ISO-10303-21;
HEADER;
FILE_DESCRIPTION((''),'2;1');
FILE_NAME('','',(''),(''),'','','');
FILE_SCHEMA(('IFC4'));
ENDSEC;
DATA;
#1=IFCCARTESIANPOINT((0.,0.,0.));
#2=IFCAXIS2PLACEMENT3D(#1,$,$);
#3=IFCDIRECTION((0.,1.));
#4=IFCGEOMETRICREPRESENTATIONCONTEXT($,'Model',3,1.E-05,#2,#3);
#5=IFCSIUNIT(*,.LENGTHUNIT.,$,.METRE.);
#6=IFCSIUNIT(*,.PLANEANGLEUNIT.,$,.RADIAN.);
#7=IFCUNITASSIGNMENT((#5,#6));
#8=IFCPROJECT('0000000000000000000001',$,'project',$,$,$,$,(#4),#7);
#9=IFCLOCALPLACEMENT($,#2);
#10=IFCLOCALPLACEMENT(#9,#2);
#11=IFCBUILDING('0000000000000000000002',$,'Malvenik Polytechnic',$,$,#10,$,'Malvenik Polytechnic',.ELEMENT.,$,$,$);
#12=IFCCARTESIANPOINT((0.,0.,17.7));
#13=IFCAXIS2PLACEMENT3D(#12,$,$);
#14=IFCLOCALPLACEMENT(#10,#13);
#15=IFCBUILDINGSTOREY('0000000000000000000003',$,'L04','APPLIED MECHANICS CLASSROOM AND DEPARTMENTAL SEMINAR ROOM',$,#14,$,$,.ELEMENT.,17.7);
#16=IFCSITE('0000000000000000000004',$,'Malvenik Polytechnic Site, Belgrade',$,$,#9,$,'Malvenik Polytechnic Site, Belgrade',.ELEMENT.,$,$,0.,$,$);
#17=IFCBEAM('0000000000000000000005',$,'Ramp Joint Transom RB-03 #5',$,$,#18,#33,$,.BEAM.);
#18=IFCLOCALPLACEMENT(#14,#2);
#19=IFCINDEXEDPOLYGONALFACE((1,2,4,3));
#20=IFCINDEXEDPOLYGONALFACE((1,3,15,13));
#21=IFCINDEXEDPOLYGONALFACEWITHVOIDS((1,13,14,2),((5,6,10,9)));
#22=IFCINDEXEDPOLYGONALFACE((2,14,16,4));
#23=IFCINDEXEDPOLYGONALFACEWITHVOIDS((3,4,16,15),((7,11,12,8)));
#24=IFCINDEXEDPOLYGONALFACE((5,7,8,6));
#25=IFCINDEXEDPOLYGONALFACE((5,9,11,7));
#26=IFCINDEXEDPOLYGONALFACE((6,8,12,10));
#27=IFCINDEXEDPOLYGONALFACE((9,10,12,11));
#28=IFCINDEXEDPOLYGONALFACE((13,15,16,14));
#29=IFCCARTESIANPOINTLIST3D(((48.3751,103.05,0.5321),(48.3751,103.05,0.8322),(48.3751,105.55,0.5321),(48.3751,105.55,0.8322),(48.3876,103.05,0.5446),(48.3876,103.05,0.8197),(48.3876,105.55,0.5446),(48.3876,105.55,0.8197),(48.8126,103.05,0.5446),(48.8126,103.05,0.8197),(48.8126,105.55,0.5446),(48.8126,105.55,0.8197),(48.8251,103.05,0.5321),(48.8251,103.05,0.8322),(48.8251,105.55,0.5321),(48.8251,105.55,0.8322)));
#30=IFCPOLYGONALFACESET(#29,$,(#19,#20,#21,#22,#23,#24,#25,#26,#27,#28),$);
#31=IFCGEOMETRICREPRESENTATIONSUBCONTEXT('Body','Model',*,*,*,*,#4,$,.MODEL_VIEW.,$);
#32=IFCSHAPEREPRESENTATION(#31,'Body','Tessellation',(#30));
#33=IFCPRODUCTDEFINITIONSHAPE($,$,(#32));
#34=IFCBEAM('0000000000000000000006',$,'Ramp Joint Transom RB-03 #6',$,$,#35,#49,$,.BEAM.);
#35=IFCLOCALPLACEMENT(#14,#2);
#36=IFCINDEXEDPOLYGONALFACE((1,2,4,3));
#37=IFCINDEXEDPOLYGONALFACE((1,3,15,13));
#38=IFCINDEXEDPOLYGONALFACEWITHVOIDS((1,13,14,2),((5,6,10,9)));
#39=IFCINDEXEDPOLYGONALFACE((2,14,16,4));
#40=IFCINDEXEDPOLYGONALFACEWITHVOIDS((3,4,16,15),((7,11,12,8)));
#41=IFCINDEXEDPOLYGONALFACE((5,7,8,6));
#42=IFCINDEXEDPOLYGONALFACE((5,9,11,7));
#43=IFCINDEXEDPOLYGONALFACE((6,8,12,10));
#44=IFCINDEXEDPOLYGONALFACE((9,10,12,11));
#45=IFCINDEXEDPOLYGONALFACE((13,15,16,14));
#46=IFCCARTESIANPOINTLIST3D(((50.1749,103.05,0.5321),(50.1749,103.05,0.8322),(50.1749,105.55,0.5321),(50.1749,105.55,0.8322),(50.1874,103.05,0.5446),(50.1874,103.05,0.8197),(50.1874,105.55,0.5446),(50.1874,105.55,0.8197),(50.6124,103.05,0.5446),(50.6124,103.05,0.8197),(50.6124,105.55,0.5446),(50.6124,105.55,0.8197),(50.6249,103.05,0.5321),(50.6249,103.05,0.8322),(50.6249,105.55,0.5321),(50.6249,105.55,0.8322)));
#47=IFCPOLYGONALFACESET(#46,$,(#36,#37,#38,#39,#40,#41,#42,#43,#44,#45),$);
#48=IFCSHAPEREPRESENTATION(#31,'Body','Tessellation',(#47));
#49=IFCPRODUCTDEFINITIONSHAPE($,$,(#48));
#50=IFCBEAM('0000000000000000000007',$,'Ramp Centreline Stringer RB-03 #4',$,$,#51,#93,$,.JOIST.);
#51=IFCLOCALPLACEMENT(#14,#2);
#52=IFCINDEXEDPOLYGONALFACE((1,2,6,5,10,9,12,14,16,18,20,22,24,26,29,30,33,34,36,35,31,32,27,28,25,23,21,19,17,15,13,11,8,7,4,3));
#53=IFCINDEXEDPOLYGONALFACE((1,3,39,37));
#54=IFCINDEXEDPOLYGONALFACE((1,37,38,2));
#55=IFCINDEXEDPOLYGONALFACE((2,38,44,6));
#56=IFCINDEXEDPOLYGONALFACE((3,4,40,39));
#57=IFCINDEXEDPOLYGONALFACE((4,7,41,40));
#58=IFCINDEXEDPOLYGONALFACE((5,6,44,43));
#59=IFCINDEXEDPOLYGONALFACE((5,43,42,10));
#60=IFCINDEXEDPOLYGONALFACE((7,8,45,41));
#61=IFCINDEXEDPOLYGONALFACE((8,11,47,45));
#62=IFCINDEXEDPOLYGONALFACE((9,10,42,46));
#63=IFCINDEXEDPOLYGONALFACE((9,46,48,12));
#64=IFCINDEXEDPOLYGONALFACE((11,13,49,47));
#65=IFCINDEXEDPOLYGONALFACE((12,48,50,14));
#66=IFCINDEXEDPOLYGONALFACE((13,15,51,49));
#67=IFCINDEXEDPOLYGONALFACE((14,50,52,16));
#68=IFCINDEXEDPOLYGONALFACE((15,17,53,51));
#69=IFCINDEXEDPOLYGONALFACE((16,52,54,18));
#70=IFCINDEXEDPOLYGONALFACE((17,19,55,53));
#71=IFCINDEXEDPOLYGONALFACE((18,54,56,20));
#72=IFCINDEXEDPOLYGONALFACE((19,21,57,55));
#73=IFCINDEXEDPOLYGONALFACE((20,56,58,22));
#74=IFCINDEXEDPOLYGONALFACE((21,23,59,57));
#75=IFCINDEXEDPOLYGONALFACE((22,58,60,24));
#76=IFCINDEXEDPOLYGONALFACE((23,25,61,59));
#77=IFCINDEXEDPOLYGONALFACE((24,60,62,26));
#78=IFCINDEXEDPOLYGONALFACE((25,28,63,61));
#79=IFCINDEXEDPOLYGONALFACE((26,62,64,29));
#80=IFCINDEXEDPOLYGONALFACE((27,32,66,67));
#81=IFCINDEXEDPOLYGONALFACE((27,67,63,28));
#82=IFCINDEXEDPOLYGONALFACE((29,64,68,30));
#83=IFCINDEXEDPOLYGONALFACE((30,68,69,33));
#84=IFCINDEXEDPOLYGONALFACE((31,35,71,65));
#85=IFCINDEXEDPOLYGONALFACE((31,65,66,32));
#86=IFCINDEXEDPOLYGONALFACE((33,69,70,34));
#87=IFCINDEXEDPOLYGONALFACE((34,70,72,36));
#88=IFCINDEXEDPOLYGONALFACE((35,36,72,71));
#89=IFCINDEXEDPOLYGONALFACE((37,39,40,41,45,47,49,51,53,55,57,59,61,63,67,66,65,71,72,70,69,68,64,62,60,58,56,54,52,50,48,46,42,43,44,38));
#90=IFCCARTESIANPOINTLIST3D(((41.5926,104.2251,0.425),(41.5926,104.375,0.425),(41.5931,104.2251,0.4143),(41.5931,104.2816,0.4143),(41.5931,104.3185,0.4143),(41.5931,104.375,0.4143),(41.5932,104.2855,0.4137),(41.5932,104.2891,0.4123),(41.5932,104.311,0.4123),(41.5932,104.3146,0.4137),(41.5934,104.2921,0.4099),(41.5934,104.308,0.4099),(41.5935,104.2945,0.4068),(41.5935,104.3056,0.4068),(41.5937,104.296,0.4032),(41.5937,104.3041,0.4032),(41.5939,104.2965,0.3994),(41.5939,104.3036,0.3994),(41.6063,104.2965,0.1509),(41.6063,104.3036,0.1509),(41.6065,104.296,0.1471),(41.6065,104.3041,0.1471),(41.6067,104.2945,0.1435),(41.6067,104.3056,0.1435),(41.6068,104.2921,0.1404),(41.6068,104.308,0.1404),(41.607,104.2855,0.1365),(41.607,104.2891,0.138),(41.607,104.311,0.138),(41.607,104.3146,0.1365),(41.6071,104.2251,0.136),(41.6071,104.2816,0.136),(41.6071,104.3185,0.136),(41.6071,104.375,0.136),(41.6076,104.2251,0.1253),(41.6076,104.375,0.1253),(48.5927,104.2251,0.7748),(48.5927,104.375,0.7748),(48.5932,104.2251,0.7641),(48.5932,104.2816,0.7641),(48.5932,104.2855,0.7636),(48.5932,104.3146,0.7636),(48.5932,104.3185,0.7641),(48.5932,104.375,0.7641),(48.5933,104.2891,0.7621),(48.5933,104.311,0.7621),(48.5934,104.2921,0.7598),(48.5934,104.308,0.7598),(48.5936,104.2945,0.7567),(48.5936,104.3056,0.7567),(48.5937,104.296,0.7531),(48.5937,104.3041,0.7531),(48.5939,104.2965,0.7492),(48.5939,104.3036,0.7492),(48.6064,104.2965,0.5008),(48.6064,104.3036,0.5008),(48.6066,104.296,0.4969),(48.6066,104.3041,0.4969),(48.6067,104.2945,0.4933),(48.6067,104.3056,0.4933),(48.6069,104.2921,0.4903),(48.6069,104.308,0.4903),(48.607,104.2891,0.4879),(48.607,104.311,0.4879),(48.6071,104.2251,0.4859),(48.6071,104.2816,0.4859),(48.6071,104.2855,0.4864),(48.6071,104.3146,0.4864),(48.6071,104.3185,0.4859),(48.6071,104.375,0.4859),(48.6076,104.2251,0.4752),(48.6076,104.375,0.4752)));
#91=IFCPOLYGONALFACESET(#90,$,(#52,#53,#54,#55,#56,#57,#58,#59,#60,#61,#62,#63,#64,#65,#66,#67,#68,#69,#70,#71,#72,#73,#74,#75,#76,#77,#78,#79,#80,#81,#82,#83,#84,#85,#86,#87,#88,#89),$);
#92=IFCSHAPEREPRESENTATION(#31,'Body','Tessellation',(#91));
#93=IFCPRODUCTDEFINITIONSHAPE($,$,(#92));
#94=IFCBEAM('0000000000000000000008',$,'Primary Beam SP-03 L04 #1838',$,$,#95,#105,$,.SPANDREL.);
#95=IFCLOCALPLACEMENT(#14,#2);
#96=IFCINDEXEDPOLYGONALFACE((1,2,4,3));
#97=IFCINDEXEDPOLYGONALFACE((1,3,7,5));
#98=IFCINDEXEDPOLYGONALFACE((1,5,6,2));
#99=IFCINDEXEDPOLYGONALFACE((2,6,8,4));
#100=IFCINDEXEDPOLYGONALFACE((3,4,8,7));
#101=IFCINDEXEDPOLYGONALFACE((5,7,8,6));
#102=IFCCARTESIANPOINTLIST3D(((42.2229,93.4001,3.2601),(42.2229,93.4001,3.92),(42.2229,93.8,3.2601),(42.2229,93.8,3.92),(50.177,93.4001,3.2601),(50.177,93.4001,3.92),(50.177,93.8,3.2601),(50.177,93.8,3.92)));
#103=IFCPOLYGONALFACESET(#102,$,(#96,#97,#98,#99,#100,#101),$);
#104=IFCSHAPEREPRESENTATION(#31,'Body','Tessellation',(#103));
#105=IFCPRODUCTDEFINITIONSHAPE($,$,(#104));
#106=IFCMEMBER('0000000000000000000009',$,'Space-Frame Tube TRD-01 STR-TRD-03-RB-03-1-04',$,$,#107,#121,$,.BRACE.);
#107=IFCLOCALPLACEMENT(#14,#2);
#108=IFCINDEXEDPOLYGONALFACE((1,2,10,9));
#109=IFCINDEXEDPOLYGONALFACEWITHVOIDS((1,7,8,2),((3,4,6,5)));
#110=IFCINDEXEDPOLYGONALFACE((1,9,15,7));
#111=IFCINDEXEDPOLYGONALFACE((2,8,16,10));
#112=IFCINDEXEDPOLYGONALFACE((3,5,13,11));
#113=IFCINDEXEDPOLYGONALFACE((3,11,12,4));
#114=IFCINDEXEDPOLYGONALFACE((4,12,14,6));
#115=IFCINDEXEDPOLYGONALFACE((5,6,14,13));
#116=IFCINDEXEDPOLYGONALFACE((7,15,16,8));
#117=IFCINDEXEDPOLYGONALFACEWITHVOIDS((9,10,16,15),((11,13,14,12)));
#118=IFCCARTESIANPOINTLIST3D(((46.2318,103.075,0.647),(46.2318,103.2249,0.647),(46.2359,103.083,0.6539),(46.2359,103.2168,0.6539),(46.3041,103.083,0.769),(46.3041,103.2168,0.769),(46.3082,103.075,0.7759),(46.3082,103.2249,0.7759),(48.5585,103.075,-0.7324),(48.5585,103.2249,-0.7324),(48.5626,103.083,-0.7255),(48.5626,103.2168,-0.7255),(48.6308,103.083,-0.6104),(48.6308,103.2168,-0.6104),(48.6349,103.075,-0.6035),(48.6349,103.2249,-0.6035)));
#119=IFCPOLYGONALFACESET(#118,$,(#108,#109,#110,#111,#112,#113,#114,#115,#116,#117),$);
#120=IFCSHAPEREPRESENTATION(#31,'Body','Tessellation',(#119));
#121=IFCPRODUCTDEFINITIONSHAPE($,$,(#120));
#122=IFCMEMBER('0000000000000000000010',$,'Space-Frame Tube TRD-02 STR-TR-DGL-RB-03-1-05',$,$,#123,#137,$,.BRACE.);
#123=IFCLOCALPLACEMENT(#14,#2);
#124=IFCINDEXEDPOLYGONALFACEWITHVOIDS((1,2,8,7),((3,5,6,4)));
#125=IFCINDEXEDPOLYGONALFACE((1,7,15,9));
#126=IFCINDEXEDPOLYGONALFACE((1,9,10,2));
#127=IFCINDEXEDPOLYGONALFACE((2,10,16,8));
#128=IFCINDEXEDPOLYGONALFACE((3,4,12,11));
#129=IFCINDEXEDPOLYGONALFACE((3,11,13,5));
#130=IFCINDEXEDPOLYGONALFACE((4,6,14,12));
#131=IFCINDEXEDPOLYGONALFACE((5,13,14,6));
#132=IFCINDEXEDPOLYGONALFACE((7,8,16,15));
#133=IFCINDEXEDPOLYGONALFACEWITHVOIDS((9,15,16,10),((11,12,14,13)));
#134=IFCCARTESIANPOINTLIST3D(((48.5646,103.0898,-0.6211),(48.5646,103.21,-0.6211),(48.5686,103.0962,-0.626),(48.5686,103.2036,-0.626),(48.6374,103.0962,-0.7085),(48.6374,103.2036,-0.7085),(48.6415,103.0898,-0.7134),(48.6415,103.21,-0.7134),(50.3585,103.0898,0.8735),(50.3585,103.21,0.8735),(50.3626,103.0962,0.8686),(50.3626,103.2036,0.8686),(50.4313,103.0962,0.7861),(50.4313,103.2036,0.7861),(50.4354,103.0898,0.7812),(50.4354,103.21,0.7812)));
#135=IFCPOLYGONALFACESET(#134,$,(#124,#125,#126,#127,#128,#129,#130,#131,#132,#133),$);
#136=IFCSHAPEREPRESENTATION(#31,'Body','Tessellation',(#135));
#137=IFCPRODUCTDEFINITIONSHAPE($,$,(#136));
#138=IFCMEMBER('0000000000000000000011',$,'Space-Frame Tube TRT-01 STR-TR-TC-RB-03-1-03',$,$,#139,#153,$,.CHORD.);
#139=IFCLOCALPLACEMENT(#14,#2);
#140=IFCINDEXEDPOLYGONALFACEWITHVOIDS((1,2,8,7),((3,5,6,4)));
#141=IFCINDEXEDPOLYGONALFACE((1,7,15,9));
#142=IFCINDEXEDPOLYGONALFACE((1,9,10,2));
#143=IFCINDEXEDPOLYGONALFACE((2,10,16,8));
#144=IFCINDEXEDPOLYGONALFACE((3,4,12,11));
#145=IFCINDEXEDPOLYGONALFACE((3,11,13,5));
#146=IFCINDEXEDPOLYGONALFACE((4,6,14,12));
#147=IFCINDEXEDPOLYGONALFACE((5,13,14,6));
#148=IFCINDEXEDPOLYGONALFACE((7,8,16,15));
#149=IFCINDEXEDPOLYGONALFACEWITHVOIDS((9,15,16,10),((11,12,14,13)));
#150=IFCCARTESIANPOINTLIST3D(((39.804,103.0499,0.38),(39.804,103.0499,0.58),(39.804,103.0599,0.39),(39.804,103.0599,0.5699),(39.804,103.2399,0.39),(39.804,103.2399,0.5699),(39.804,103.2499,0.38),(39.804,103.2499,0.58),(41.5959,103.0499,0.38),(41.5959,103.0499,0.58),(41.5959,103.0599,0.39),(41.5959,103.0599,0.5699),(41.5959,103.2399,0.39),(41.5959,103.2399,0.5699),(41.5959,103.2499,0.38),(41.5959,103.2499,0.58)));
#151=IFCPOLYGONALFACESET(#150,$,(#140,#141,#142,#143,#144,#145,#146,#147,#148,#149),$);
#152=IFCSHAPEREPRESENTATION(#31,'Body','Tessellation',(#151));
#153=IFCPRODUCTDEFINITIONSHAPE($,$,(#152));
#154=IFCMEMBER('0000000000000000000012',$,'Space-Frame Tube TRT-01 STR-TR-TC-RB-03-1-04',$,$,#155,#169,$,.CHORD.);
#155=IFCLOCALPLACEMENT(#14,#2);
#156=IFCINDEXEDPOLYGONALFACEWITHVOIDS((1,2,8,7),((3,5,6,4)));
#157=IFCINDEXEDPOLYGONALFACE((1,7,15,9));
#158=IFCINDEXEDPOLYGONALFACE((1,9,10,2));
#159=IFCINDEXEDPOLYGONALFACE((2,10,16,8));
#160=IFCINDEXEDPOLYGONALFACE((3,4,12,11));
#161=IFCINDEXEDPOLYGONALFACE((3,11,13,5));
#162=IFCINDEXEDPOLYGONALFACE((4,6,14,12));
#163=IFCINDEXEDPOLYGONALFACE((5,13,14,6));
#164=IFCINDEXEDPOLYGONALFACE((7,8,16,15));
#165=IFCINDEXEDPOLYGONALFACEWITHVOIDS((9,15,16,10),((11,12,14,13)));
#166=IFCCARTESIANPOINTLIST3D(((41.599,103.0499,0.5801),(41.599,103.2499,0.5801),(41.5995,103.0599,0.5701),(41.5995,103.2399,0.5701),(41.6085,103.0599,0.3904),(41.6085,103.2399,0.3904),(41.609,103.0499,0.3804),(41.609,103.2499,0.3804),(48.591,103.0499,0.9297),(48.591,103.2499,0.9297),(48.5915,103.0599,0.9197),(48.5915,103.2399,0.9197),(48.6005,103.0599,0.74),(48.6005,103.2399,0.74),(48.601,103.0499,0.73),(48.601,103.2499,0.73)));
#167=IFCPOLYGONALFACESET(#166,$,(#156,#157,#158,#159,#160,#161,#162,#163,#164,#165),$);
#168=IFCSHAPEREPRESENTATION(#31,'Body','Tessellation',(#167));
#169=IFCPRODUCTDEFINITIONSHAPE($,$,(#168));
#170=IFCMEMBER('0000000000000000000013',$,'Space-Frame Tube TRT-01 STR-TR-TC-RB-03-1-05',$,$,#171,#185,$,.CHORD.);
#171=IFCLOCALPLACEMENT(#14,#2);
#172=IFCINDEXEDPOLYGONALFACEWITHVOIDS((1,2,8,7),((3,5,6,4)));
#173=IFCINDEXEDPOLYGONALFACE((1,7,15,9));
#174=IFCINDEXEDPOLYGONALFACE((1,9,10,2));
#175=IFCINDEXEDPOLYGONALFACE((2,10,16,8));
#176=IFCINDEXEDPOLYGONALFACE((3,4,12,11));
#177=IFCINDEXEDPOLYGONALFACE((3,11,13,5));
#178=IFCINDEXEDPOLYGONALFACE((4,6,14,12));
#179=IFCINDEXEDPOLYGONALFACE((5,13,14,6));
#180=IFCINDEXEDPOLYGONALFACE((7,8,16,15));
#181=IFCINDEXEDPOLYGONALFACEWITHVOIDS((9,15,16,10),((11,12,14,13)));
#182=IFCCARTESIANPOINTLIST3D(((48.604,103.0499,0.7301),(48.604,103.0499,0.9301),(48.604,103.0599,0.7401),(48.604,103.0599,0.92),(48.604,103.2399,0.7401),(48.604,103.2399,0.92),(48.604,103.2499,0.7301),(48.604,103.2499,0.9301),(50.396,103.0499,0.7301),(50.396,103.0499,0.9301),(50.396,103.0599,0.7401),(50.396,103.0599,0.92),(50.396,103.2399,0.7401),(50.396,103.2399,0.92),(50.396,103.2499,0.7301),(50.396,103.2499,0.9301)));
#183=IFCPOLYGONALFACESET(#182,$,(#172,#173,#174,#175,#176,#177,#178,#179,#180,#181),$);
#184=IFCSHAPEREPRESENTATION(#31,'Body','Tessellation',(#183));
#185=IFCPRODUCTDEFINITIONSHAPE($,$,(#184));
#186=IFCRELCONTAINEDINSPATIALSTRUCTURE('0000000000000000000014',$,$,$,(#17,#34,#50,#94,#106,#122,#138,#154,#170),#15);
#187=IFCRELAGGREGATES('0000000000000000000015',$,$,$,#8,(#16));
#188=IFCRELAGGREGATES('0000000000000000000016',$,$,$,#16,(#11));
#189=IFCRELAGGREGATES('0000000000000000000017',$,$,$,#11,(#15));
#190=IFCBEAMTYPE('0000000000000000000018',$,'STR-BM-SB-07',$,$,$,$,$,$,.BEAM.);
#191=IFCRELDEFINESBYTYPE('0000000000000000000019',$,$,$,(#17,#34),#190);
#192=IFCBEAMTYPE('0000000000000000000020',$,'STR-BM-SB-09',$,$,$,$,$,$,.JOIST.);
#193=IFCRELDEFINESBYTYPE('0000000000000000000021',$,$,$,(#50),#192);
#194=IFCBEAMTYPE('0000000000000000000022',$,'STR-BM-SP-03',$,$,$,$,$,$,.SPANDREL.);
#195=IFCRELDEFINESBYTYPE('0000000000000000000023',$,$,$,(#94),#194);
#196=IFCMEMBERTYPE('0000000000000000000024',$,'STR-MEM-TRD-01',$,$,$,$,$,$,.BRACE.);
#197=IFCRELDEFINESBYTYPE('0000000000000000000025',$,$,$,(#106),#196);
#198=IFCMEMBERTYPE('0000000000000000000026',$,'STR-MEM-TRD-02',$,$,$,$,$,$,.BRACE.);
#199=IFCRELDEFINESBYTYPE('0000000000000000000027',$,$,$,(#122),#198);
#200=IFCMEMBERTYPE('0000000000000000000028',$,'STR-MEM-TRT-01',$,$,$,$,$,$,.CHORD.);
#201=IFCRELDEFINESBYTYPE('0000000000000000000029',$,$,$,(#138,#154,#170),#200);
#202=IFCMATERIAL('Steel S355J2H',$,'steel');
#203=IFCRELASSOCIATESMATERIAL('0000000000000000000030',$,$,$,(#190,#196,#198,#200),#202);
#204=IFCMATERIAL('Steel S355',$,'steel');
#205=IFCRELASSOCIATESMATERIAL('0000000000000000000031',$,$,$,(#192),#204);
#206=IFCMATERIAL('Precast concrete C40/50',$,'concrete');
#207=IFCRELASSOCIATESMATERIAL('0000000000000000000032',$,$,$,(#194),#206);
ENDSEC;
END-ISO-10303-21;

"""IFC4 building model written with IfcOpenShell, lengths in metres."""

from ifc_helpers import new_model, si_unit, direction, frame, origin, origin_2d, place, context, subcontext, project, spatial, rectangle, hollow_rectangle, i_section, extrude, material, material_profile, profile_set, type_object, element, save


model = new_model("IFC4")

# Units and contexts
model_context = context("Model", 3, precision=1e-05, world=origin(), true_north=direction((0.0, 1.0)))
body_context = subcontext(model_context, "Body", "Model", "MODEL_VIEW")
ifc_project = project(units=[si_unit("LENGTHUNIT", "METRE"), si_unit("PLANEANGLEUNIT", "RADIAN")], contexts=[model_context])

# Site, building, storey
site_placement = place(None, origin())
site = spatial("IfcSite", under=ifc_project, at=site_placement, Name="Malvenik Polytechnic Site, Belgrade", LongName="Malvenik Polytechnic Site, Belgrade", CompositionType="ELEMENT", RefElevation=0.0)
building_placement = place(site_placement, origin())
building = spatial("IfcBuilding", under=site, at=building_placement, Name="Malvenik Polytechnic", LongName="Malvenik Polytechnic", CompositionType="ELEMENT")
storey_placement = place(building_placement, frame((0.0, 0.0, 17.7)))
storey = spatial("IfcBuildingStorey", under=building, at=storey_placement, Name="L04", Description="APPLIED MECHANICS CLASSROOM AND DEPARTMENTAL SEMINAR ROOM", CompositionType="ELEMENT", Elevation=17.7)

# Shared definitions
ifc_material_1 = material(Name="Steel S355J2H", Category="steel")
ifc_material_2 = material(Name="Steel S355", Category="steel")

# Beams
ifc_material_profile_1 = material_profile(ifc_material_1, hollow_rectangle(XDim=0.45, YDim=0.3, WallThickness=0.0125, at=origin_2d()), Name="RHS 450x300x12.5")
ifc_profile_set_1 = profile_set([ifc_material_profile_1], Name="Steel S355J2H")
beam_type_1 = type_object("IfcBeamType", Name="STR-BM-SB-07", PredefinedType="BEAM", material=ifc_profile_set_1)
for number, where, z_axis, x_axis, name in (
    (1, (48.6001, 103.05, 0.6821), (0.0, 1.0, 0.0), (-1.0, 0.0, 0.0), "Ramp Joint Transom RB-03 #5"),
    (2, (50.3999, 103.05, 0.6821), (0.0, 1.0, 0.0), (-1.0, 0.0, 0.0), "Ramp Joint Transom RB-03 #6"),
):
    element("IfcBeam", number, at=place(storey_placement, frame(where, z_axis=z_axis, x_axis=x_axis)), inside=storey, type_object=beam_type_1, Name=name, PredefinedType="BEAM", context=body_context, shape_type="SweptSolid", body=[
        extrude(hollow_rectangle(XDim=0.45, YDim=0.3, WallThickness=0.0125, at=origin_2d()), origin(), (0.0, 0.0, 1.0), 2.5),
    ])
ifc_material_profile_2 = material_profile(ifc_material_2, i_section(OverallWidth=0.1499, OverallDepth=0.3, WebThickness=0.0071, FlangeThickness=0.0107, FilletRadius=0.0149, at=origin_2d()), Name="IPE 300")
ifc_profile_set_2 = profile_set([ifc_material_profile_2], Name="Steel S355")
beam_type_2 = type_object("IfcBeamType", Name="STR-BM-SB-09", PredefinedType="JOIST", material=ifc_profile_set_2)
beam_1_placement = place(storey_placement, frame((41.6001, 104.3, 0.2751), z_axis=(0.998753, 0.0, 0.049917), x_axis=(0.0, 1.0, 0.0)))
element("IfcBeam", 3, at=beam_1_placement, inside=storey, type_object=beam_type_2, Name="Ramp Centreline Stringer RB-03 #4", PredefinedType="JOIST", context=body_context, shape_type="SweptSolid", body=[
    extrude(i_section(OverallWidth=0.1499, OverallDepth=0.3, WebThickness=0.0071, FlangeThickness=0.0107, FilletRadius=0.0149, at=origin_2d()), origin(), (0.0, 0.0, 1.0), 7.0088),
])
ifc_material_3 = material(Name="Precast concrete C40/50", Category="concrete")
ifc_material_profile_3 = material_profile(ifc_material_3, rectangle(XDim=0.3999, YDim=0.6599, at=origin_2d()), Name="PC SPN 400x660")
ifc_profile_set_3 = profile_set([ifc_material_profile_3], Name="Precast concrete C40/50")
beam_type_3 = type_object("IfcBeamType", Name="STR-BM-SP-03", PredefinedType="SPANDREL", material=ifc_profile_set_3)
beam_2_placement = place(storey_placement, frame((42.2229, 93.6001, 3.5901), z_axis=(1.0, 0.0, 0.0), x_axis=(0.0, 1.0, 0.0)))
element("IfcBeam", 4, at=beam_2_placement, inside=storey, type_object=beam_type_3, Name="Primary Beam SP-03 L04 #1838", PredefinedType="SPANDREL", context=body_context, shape_type="SweptSolid", body=[
    extrude(rectangle(XDim=0.3999, YDim=0.6599, at=origin_2d()), origin(), (0.0, 0.0, 1.0), 7.9541),
])

# Members
ifc_material_profile_4 = material_profile(ifc_material_1, hollow_rectangle(XDim=0.1499, YDim=0.1499, WallThickness=0.0081, at=origin_2d()), Name="SHS 150x150x8.0")
ifc_profile_set_4 = profile_set([ifc_material_profile_4], Name="Steel S355J2H")
member_type_1 = type_object("IfcMemberType", Name="STR-MEM-TRD-01", PredefinedType="BRACE", material=ifc_profile_set_4)
member_1_placement = place(storey_placement, frame((46.27, 103.1499, 0.7114), z_axis=(0.860189, 0.0, -0.509976), x_axis=(0.0, 1.0, 0.0)))
element("IfcMember", 5, at=member_1_placement, inside=storey, type_object=member_type_1, Name="Space-Frame Tube TRD-01 STR-TRD-03-RB-03-1-04", PredefinedType="BRACE", context=body_context, shape_type="SweptSolid", body=[
    extrude(hollow_rectangle(XDim=0.1499, YDim=0.1499, WallThickness=0.0081, at=origin_2d()), origin(), (0.0, 0.0, 1.0), 2.7048),
])
ifc_material_profile_5 = material_profile(ifc_material_1, hollow_rectangle(XDim=0.1201, YDim=0.1201, WallThickness=0.0063, at=origin_2d()), Name="SHS 120x120x6.3")
ifc_profile_set_5 = profile_set([ifc_material_profile_5], Name="Steel S355J2H")
member_type_2 = type_object("IfcMemberType", Name="STR-MEM-TRD-02", PredefinedType="BRACE", material=ifc_profile_set_5)
member_2_placement = place(storey_placement, frame((48.603, 103.1499, -0.6672), z_axis=(0.76829, 0.0, 0.640102), x_axis=(0.0, 1.0, 0.0)))
element("IfcMember", 6, at=member_2_placement, inside=storey, type_object=member_type_2, Name="Space-Frame Tube TRD-02 STR-TR-DGL-RB-03-1-05", PredefinedType="BRACE", context=body_context, shape_type="SweptSolid", body=[
    extrude(hollow_rectangle(XDim=0.1201, YDim=0.1201, WallThickness=0.0063, at=origin_2d()), origin(), (0.0, 0.0, 1.0), 2.335),
])
ifc_material_profile_6 = material_profile(ifc_material_1, hollow_rectangle(XDim=0.2, YDim=0.2, WallThickness=0.01, at=origin_2d()), Name="SHS 200x200x10.0")
ifc_profile_set_6 = profile_set([ifc_material_profile_6], Name="Steel S355J2H")
member_type_3 = type_object("IfcMemberType", Name="STR-MEM-TRT-01", PredefinedType="CHORD", material=ifc_profile_set_6)
member_3_placement = place(storey_placement, frame((39.804, 103.1499, 0.48), z_axis=(1.0, 0.0, 0.0), x_axis=(0.0, 1.0, 0.0)))
element("IfcMember", 7, at=member_3_placement, inside=storey, type_object=member_type_3, Name="Space-Frame Tube TRT-01 STR-TR-TC-RB-03-1-03", PredefinedType="CHORD", context=body_context, shape_type="SweptSolid", body=[
    extrude(hollow_rectangle(XDim=0.2, YDim=0.2, WallThickness=0.01, at=origin_2d()), origin(), (0.0, 0.0, 1.0), 1.792),
])
member_4_placement = place(storey_placement, frame((41.604, 103.1499, 0.4802), z_axis=(0.998752, 0.0, 0.049939), x_axis=(0.0, 1.0, 0.0)))
element("IfcMember", 8, at=member_4_placement, inside=storey, type_object=member_type_3, Name="Space-Frame Tube TRT-01 STR-TR-TC-RB-03-1-04", PredefinedType="CHORD", context=body_context, shape_type="SweptSolid", body=[
    extrude(hollow_rectangle(XDim=0.2, YDim=0.2, WallThickness=0.01, at=origin_2d()), origin(), (0.0, 0.0, 1.0), 7.0007),
])
member_5_placement = place(storey_placement, frame((48.604, 103.1499, 0.8301), z_axis=(1.0, 0.0, 0.0), x_axis=(0.0, 1.0, 0.0)))
element("IfcMember", 9, at=member_5_placement, inside=storey, type_object=member_type_3, Name="Space-Frame Tube TRT-01 STR-TR-TC-RB-03-1-05", PredefinedType="CHORD", context=body_context, shape_type="SweptSolid", body=[
    extrude(hollow_rectangle(XDim=0.2, YDim=0.2, WallThickness=0.01, at=origin_2d()), origin(), (0.0, 0.0, 1.0), 1.792),
])

save(model, "model.ifc")
